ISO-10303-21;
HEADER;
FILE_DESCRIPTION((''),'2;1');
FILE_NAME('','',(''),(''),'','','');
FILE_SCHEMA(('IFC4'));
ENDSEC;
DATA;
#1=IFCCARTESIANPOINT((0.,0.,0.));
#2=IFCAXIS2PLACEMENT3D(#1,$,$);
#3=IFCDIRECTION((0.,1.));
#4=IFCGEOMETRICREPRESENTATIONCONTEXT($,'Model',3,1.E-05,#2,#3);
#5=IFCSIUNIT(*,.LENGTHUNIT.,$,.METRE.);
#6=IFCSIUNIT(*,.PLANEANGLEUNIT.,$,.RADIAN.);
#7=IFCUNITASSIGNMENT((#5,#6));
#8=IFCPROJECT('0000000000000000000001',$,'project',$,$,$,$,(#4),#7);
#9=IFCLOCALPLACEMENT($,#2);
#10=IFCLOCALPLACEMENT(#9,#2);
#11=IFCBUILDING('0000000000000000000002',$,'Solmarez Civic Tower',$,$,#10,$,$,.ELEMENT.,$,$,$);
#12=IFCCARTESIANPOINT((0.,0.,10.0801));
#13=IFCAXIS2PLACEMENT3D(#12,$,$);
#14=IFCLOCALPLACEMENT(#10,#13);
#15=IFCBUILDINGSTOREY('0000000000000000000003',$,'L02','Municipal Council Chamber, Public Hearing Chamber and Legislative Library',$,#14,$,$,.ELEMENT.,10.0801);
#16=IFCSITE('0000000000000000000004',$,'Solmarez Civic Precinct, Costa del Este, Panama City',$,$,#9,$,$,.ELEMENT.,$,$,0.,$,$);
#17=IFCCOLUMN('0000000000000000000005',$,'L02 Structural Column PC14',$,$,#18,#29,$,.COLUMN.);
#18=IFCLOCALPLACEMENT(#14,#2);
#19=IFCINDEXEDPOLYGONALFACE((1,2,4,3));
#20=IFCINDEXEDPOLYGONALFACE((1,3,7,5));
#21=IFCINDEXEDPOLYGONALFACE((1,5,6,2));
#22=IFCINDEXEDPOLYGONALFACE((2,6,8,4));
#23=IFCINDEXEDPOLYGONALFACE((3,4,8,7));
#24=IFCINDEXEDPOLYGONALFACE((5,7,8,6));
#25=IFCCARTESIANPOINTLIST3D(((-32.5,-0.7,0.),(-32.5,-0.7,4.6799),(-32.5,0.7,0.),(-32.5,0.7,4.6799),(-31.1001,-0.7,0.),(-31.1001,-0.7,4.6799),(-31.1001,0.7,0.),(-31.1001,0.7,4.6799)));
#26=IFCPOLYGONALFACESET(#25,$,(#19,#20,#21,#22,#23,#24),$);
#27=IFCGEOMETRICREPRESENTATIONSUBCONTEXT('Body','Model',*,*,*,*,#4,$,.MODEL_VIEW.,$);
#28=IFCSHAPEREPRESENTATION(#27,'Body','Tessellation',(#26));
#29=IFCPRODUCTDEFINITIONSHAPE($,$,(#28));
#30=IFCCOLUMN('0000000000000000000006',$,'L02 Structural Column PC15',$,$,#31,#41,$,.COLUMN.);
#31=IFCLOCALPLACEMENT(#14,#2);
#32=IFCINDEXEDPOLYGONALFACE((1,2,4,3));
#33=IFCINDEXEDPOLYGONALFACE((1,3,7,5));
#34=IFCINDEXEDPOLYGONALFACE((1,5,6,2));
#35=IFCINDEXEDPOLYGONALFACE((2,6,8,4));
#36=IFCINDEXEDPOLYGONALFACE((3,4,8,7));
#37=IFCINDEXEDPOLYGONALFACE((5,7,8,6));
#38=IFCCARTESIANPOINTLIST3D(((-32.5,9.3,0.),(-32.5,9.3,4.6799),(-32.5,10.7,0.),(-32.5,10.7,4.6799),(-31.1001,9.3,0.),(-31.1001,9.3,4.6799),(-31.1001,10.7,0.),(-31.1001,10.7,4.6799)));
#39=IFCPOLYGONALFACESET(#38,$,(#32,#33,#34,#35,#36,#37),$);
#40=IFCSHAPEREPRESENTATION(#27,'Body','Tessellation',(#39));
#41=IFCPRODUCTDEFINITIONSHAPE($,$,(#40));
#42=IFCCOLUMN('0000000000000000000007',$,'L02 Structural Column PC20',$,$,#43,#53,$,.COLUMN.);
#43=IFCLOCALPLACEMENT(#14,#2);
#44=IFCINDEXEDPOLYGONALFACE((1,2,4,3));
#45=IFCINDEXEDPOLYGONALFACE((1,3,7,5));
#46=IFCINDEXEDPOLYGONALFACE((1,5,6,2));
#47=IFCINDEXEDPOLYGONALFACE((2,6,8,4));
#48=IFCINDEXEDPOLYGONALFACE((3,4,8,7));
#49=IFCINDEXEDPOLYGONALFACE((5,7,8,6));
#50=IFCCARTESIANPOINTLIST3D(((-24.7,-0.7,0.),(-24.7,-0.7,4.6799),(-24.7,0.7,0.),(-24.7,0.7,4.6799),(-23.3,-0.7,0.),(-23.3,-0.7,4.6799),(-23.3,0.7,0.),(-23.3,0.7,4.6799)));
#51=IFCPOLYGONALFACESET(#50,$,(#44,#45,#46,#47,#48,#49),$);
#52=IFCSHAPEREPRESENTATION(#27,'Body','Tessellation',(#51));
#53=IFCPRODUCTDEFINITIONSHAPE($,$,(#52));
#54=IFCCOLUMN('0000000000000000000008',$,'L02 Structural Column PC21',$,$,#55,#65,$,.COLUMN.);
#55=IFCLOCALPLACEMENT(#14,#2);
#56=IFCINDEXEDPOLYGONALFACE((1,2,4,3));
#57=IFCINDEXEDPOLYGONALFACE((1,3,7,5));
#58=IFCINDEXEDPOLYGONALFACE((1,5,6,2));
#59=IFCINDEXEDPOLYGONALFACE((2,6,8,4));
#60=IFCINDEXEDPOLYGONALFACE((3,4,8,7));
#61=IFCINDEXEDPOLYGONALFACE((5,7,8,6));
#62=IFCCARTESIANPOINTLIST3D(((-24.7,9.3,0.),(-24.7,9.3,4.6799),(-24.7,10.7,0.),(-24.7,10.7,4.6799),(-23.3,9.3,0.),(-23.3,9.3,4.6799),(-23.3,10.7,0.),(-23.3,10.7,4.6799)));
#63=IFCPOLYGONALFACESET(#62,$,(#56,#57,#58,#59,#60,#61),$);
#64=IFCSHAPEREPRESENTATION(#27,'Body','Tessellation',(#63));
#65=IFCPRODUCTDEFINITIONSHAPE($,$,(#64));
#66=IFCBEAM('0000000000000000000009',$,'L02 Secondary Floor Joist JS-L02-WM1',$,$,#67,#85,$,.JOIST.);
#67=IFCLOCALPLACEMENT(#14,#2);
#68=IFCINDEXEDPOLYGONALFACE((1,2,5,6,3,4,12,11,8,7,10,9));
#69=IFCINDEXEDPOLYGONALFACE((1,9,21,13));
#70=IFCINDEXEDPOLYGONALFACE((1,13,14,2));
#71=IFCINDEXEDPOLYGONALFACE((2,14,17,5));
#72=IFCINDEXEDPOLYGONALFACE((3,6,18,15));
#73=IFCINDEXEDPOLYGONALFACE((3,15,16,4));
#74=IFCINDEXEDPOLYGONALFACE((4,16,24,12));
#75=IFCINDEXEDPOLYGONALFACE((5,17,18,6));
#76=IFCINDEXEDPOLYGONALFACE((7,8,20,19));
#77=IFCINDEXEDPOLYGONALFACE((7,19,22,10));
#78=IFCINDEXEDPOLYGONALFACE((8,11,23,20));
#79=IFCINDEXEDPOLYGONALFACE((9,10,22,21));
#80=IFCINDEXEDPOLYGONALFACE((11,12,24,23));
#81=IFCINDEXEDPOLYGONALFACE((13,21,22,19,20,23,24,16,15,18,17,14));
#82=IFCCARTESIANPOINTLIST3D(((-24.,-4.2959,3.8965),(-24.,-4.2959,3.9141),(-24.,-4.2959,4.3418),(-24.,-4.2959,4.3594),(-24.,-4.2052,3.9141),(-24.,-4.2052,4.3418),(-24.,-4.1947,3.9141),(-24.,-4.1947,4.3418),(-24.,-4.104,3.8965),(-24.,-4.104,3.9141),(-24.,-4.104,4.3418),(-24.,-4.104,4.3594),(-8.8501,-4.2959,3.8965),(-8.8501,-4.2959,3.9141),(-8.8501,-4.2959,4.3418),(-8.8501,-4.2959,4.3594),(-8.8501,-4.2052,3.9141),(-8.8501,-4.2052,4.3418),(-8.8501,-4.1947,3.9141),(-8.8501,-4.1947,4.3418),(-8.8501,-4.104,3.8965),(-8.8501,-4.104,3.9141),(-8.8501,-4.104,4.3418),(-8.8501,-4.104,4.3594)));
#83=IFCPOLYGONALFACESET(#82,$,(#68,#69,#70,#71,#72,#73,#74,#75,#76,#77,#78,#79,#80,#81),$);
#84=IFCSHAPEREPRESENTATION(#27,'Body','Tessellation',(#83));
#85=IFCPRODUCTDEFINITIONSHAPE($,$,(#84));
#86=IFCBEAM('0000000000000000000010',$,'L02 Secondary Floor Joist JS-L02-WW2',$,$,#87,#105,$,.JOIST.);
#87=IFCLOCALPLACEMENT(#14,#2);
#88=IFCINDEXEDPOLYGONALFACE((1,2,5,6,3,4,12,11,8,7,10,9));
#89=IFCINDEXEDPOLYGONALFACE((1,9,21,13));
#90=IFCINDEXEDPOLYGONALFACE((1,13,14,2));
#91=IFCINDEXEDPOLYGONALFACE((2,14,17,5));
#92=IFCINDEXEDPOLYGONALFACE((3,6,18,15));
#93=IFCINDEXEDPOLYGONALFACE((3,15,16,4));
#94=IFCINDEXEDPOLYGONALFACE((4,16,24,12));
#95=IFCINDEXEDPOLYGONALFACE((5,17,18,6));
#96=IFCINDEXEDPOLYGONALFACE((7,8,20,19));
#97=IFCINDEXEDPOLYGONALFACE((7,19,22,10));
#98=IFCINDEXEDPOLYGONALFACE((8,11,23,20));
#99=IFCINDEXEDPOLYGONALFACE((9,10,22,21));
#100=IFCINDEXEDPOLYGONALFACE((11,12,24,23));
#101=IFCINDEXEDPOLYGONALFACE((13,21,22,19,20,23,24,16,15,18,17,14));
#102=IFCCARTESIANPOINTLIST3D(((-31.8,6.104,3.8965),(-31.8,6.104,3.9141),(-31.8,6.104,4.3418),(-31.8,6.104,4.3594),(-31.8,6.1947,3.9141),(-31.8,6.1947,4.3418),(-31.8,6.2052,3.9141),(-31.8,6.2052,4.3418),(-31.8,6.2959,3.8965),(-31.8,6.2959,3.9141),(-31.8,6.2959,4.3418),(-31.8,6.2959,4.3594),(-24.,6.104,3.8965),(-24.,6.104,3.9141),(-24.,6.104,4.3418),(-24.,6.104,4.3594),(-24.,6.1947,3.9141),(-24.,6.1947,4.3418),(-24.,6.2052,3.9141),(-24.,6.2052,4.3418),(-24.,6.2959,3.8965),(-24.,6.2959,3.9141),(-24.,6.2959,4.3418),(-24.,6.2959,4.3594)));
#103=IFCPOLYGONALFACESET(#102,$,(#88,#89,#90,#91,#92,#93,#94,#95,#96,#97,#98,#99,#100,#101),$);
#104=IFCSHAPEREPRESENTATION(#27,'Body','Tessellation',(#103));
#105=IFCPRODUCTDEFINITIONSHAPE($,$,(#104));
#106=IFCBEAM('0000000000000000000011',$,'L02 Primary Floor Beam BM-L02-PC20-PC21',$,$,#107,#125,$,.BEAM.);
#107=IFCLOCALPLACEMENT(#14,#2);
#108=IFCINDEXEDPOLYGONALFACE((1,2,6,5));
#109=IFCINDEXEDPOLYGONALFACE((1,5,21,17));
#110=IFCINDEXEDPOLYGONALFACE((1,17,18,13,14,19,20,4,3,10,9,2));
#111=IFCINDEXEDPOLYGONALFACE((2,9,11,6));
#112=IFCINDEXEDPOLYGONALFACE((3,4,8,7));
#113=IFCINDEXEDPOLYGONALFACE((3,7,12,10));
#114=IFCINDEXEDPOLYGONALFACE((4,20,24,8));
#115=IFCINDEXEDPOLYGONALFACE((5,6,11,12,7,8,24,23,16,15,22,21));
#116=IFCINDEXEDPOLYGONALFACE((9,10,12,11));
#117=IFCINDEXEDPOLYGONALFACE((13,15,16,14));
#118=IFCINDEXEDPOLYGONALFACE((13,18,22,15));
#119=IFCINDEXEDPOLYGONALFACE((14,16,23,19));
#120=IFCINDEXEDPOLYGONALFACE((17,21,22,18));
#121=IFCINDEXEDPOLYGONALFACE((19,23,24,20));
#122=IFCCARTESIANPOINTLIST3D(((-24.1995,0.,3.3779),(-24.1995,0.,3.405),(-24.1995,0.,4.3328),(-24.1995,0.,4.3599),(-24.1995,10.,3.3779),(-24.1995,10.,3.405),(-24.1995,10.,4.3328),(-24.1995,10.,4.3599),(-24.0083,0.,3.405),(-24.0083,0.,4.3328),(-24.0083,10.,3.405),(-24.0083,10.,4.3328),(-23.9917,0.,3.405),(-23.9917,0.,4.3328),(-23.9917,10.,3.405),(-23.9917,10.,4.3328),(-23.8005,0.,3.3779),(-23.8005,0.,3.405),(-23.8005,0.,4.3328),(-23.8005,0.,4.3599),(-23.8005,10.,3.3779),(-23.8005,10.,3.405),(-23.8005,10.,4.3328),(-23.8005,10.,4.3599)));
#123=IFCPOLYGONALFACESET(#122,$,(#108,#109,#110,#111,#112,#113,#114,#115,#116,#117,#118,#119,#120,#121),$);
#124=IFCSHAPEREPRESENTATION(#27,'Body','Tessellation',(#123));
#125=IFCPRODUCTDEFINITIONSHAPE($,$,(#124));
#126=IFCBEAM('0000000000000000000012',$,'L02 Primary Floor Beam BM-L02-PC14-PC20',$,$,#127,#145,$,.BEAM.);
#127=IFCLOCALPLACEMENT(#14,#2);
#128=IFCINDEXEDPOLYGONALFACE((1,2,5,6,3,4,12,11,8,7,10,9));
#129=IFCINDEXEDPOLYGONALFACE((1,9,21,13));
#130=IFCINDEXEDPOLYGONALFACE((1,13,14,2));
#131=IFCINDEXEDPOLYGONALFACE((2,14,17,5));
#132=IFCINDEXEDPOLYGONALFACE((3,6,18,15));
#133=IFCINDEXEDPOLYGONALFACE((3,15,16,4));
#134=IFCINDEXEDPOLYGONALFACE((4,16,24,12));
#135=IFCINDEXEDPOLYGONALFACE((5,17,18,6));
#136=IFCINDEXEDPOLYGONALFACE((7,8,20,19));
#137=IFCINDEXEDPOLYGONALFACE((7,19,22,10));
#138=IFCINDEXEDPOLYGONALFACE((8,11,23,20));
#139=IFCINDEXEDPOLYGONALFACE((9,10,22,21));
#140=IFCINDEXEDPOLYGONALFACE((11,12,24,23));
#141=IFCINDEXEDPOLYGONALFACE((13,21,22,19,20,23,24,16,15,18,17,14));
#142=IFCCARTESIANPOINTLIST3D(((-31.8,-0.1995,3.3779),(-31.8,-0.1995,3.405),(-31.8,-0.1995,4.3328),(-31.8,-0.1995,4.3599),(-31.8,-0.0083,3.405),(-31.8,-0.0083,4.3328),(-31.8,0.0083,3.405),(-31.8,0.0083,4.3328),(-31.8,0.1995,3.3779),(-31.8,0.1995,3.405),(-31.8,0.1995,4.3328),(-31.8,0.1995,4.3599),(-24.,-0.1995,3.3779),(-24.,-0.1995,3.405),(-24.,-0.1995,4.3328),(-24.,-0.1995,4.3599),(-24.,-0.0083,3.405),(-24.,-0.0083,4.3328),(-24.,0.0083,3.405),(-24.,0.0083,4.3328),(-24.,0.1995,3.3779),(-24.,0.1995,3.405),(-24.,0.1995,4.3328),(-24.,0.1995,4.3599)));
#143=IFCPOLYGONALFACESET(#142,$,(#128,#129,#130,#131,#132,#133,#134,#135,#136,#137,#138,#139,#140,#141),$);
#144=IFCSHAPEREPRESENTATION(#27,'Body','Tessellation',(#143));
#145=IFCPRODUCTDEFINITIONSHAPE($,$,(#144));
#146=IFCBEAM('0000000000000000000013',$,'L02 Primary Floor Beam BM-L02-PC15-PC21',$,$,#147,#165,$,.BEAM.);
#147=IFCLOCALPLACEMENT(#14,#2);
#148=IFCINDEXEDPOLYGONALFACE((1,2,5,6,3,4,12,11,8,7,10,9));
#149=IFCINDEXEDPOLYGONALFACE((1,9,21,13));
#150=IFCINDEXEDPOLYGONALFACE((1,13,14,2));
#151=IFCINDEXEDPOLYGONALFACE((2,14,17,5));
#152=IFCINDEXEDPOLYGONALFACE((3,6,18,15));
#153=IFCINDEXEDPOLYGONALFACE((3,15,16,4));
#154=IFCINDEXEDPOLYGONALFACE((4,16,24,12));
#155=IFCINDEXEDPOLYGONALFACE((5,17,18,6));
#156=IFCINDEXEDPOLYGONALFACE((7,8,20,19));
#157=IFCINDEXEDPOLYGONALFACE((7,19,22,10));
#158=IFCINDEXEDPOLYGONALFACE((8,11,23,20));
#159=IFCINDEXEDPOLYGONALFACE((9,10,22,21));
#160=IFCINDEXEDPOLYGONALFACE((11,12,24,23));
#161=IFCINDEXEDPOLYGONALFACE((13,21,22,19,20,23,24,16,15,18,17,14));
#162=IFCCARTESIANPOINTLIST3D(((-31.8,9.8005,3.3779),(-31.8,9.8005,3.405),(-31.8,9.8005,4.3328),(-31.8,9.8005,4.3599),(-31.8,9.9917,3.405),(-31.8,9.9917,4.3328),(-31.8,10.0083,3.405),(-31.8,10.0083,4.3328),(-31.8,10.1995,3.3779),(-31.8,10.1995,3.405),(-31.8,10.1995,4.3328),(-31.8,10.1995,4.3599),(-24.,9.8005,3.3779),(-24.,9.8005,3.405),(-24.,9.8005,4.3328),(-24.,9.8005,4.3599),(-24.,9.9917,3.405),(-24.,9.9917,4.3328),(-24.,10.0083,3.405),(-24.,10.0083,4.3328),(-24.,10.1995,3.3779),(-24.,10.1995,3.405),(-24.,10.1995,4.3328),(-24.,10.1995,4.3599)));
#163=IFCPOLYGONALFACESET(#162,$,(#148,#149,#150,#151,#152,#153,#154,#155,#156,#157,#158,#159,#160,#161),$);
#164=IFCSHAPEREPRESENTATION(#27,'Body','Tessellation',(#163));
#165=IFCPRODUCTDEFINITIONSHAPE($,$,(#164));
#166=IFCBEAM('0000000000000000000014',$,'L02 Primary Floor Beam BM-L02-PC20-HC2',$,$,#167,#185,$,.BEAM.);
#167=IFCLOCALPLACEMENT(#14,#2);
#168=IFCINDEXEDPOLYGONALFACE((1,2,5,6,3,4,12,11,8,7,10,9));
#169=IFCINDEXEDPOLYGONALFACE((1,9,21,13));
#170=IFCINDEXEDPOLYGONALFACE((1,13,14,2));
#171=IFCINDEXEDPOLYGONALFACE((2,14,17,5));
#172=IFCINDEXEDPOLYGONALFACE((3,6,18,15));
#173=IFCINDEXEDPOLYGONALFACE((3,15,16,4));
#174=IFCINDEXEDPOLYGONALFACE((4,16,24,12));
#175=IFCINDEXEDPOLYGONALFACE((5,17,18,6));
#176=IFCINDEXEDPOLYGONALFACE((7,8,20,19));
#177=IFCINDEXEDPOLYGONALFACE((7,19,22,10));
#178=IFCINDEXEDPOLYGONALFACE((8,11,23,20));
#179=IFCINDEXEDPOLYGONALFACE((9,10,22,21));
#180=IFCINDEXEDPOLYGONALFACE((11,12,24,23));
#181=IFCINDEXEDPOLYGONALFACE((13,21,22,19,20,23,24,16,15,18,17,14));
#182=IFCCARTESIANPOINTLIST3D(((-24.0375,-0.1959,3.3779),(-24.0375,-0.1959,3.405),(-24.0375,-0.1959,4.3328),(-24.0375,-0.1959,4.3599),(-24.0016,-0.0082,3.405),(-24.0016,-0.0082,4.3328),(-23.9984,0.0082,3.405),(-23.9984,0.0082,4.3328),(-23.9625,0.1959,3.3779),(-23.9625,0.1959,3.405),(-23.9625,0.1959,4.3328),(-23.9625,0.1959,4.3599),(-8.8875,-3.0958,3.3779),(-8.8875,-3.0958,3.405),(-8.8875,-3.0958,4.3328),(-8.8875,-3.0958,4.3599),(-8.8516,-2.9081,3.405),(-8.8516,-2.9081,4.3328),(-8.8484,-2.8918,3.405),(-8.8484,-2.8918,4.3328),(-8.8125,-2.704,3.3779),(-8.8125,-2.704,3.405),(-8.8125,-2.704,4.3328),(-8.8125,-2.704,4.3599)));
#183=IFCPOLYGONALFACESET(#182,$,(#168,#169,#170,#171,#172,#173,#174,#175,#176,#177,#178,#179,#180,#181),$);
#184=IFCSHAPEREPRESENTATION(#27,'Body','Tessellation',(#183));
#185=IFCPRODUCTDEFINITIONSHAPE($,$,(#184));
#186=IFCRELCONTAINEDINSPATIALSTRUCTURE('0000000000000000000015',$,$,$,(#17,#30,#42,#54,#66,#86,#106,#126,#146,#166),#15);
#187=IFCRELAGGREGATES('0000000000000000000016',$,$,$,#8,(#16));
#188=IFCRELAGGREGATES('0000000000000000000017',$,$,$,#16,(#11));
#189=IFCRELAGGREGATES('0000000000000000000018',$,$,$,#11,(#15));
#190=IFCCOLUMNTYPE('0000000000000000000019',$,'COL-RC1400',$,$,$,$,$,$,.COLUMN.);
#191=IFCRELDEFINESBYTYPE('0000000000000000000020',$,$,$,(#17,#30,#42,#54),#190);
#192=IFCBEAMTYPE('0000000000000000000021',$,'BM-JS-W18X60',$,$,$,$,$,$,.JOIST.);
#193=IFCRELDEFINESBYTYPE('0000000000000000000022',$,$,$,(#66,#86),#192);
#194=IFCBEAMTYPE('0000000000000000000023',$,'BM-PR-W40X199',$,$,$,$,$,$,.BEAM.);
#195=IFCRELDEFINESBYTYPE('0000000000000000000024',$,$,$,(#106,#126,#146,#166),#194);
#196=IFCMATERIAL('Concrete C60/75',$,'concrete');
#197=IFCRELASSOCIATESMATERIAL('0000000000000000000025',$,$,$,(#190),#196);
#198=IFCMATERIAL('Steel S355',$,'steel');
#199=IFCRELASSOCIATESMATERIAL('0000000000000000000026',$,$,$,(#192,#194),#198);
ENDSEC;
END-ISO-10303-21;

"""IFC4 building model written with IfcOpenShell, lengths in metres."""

from ifc_helpers import new_model, si_unit, direction, frame, origin, origin_2d, place, context, subcontext, project, spatial, rectangle, i_section, extrude, material, material_profile, profile_set, type_object, element, save


model = new_model("IFC4")

# Units and contexts
model_context = context("Model", 3, precision=1e-05, world=origin(), true_north=direction((0.0, 1.0)))
body_context = subcontext(model_context, "Body", "Model", "MODEL_VIEW")
ifc_project = project(units=[si_unit("LENGTHUNIT", "METRE"), si_unit("PLANEANGLEUNIT", "RADIAN")], contexts=[model_context])

# Site, building, storey
site_placement = place(None, origin())
site = spatial("IfcSite", under=ifc_project, at=site_placement, Name="Solmarez Civic Precinct, Costa del Este, Panama City", CompositionType="ELEMENT", RefElevation=0.0)
building_placement = place(site_placement, origin())
building = spatial("IfcBuilding", under=site, at=building_placement, Name="Solmarez Civic Tower", CompositionType="ELEMENT")
storey_placement = place(building_placement, frame((0.0, 0.0, 10.0801)))
storey = spatial("IfcBuildingStorey", under=building, at=storey_placement, Name="L02", Description="Municipal Council Chamber, Public Hearing Chamber and Legislative Library", CompositionType="ELEMENT", Elevation=10.0801)

# Columns
ifc_material_1 = material(Name="Concrete C60/75", Category="concrete")
ifc_material_profile_1 = material_profile(ifc_material_1, rectangle(XDim=1.3999, YDim=1.3999, at=origin_2d()), Name="RC1400X1400")
ifc_profile_set_1 = profile_set([ifc_material_profile_1], Name="Concrete C60/75")
column_type = type_object("IfcColumnType", Name="COL-RC1400", PredefinedType="COLUMN", material=ifc_profile_set_1)
for number, where, z_axis, x_axis, name in (
    (1, (-31.8, 0.0, 0.0), (0.0, 0.0, 1.0), (1.0, 0.0, 0.0), "L02 Structural Column PC14"),
    (2, (-31.8, 10.0, 0.0), (0.0, 0.0, 1.0), (1.0, 0.0, 0.0), "L02 Structural Column PC15"),
    (3, (-24.0, 0.0, 0.0), (0.0, 0.0, 1.0), (1.0, 0.0, 0.0), "L02 Structural Column PC20"),
    (4, (-24.0, 10.0, 0.0), (0.0, 0.0, 1.0), (1.0, 0.0, 0.0), "L02 Structural Column PC21"),
):
    element("IfcColumn", number, at=place(storey_placement, frame(where, z_axis=z_axis, x_axis=x_axis)), inside=storey, type_object=column_type, Name=name, PredefinedType="COLUMN", context=body_context, shape_type="SweptSolid", body=[
        extrude(rectangle(XDim=1.3999, YDim=1.3999, at=origin_2d()), origin(), (0.0, 0.0, 1.0), 4.6799),
    ])

# Beams
ifc_material_2 = material(Name="Steel S355", Category="steel")
ifc_material_profile_2 = material_profile(ifc_material_2, i_section(OverallWidth=0.1919, OverallDepth=0.4629, WebThickness=0.0105, FlangeThickness=0.0176, at=origin_2d()), Name="W18X60")
ifc_profile_set_2 = profile_set([ifc_material_profile_2], Name="Steel S355")
beam_type_1 = type_object("IfcBeamType", Name="BM-JS-W18X60", PredefinedType="JOIST", material=ifc_profile_set_2)
beam_1_placement = place(storey_placement, frame((-24.0, -4.2, 4.1279), z_axis=(1.0, 0.0, 0.0), x_axis=(0.0, 1.0, 0.0)))
element("IfcBeam", 5, at=beam_1_placement, inside=storey, type_object=beam_type_1, Name="L02 Secondary Floor Joist JS-L02-WM1", PredefinedType="JOIST", context=body_context, shape_type="SweptSolid", body=[
    extrude(i_section(OverallWidth=0.1919, OverallDepth=0.4629, WebThickness=0.0105, FlangeThickness=0.0176, at=origin_2d()), origin(), (0.0, 0.0, 1.0), 15.1499),
])
beam_2_placement = place(storey_placement, frame((-31.8, 6.2, 4.1279), z_axis=(1.0, 0.0, 0.0), x_axis=(0.0, 1.0, 0.0)))
element("IfcBeam", 6, at=beam_2_placement, inside=storey, type_object=beam_type_1, Name="L02 Secondary Floor Joist JS-L02-WW2", PredefinedType="JOIST", context=body_context, shape_type="SweptSolid", body=[
    extrude(i_section(OverallWidth=0.1919, OverallDepth=0.4629, WebThickness=0.0105, FlangeThickness=0.0176, at=origin_2d()), origin(), (0.0, 0.0, 1.0), 7.8),
])
ifc_material_profile_3 = material_profile(ifc_material_2, i_section(OverallWidth=0.3989, OverallDepth=0.9819, WebThickness=0.0166, FlangeThickness=0.0271, at=origin_2d()), Name="W40X199")
ifc_profile_set_3 = profile_set([ifc_material_profile_3], Name="Steel S355")
beam_type_2 = type_object("IfcBeamType", Name="BM-PR-W40X199", PredefinedType="BEAM", material=ifc_profile_set_3)
beam_3_placement = place(storey_placement, frame((-24.0, 0.0, 3.8689), z_axis=(0.0, 1.0, 0.0), x_axis=(-1.0, 0.0, 0.0)))
element("IfcBeam", 7, at=beam_3_placement, inside=storey, type_object=beam_type_2, Name="L02 Primary Floor Beam BM-L02-PC20-PC21", PredefinedType="BEAM", context=body_context, shape_type="SweptSolid", body=[
    extrude(i_section(OverallWidth=0.3989, OverallDepth=0.9819, WebThickness=0.0166, FlangeThickness=0.0271, at=origin_2d()), origin(), (0.0, 0.0, 1.0), 10.0),
])
for number, where, z_axis, x_axis, name in (
    (8, (-31.8, 0.0, 3.8689), (1.0, 0.0, 0.0), (0.0, 1.0, 0.0), "L02 Primary Floor Beam BM-L02-PC14-PC20"),
    (9, (-31.8, 10.0, 3.8689), (1.0, 0.0, 0.0), (0.0, 1.0, 0.0), "L02 Primary Floor Beam BM-L02-PC15-PC21"),
):
    element("IfcBeam", number, at=place(storey_placement, frame(where, z_axis=z_axis, x_axis=x_axis)), inside=storey, type_object=beam_type_2, Name=name, PredefinedType="BEAM", context=body_context, shape_type="SweptSolid", body=[
        extrude(i_section(OverallWidth=0.3989, OverallDepth=0.9819, WebThickness=0.0166, FlangeThickness=0.0271, at=origin_2d()), origin(), (0.0, 0.0, 1.0), 7.8),
    ])
beam_4_placement = place(storey_placement, frame((-24.0, 0.0, 3.8689), z_axis=(0.982169, -0.188001, 0.0), x_axis=(0.188001, 0.982169, 0.0)))
element("IfcBeam", 10, at=beam_4_placement, inside=storey, type_object=beam_type_2, Name="L02 Primary Floor Beam BM-L02-PC20-HC2", PredefinedType="BEAM", context=body_context, shape_type="SweptSolid", body=[
    extrude(i_section(OverallWidth=0.3989, OverallDepth=0.9819, WebThickness=0.0166, FlangeThickness=0.0271, at=origin_2d()), origin(), (0.0, 0.0, 1.0), 15.425),
])

save(model, "model.ifc")
